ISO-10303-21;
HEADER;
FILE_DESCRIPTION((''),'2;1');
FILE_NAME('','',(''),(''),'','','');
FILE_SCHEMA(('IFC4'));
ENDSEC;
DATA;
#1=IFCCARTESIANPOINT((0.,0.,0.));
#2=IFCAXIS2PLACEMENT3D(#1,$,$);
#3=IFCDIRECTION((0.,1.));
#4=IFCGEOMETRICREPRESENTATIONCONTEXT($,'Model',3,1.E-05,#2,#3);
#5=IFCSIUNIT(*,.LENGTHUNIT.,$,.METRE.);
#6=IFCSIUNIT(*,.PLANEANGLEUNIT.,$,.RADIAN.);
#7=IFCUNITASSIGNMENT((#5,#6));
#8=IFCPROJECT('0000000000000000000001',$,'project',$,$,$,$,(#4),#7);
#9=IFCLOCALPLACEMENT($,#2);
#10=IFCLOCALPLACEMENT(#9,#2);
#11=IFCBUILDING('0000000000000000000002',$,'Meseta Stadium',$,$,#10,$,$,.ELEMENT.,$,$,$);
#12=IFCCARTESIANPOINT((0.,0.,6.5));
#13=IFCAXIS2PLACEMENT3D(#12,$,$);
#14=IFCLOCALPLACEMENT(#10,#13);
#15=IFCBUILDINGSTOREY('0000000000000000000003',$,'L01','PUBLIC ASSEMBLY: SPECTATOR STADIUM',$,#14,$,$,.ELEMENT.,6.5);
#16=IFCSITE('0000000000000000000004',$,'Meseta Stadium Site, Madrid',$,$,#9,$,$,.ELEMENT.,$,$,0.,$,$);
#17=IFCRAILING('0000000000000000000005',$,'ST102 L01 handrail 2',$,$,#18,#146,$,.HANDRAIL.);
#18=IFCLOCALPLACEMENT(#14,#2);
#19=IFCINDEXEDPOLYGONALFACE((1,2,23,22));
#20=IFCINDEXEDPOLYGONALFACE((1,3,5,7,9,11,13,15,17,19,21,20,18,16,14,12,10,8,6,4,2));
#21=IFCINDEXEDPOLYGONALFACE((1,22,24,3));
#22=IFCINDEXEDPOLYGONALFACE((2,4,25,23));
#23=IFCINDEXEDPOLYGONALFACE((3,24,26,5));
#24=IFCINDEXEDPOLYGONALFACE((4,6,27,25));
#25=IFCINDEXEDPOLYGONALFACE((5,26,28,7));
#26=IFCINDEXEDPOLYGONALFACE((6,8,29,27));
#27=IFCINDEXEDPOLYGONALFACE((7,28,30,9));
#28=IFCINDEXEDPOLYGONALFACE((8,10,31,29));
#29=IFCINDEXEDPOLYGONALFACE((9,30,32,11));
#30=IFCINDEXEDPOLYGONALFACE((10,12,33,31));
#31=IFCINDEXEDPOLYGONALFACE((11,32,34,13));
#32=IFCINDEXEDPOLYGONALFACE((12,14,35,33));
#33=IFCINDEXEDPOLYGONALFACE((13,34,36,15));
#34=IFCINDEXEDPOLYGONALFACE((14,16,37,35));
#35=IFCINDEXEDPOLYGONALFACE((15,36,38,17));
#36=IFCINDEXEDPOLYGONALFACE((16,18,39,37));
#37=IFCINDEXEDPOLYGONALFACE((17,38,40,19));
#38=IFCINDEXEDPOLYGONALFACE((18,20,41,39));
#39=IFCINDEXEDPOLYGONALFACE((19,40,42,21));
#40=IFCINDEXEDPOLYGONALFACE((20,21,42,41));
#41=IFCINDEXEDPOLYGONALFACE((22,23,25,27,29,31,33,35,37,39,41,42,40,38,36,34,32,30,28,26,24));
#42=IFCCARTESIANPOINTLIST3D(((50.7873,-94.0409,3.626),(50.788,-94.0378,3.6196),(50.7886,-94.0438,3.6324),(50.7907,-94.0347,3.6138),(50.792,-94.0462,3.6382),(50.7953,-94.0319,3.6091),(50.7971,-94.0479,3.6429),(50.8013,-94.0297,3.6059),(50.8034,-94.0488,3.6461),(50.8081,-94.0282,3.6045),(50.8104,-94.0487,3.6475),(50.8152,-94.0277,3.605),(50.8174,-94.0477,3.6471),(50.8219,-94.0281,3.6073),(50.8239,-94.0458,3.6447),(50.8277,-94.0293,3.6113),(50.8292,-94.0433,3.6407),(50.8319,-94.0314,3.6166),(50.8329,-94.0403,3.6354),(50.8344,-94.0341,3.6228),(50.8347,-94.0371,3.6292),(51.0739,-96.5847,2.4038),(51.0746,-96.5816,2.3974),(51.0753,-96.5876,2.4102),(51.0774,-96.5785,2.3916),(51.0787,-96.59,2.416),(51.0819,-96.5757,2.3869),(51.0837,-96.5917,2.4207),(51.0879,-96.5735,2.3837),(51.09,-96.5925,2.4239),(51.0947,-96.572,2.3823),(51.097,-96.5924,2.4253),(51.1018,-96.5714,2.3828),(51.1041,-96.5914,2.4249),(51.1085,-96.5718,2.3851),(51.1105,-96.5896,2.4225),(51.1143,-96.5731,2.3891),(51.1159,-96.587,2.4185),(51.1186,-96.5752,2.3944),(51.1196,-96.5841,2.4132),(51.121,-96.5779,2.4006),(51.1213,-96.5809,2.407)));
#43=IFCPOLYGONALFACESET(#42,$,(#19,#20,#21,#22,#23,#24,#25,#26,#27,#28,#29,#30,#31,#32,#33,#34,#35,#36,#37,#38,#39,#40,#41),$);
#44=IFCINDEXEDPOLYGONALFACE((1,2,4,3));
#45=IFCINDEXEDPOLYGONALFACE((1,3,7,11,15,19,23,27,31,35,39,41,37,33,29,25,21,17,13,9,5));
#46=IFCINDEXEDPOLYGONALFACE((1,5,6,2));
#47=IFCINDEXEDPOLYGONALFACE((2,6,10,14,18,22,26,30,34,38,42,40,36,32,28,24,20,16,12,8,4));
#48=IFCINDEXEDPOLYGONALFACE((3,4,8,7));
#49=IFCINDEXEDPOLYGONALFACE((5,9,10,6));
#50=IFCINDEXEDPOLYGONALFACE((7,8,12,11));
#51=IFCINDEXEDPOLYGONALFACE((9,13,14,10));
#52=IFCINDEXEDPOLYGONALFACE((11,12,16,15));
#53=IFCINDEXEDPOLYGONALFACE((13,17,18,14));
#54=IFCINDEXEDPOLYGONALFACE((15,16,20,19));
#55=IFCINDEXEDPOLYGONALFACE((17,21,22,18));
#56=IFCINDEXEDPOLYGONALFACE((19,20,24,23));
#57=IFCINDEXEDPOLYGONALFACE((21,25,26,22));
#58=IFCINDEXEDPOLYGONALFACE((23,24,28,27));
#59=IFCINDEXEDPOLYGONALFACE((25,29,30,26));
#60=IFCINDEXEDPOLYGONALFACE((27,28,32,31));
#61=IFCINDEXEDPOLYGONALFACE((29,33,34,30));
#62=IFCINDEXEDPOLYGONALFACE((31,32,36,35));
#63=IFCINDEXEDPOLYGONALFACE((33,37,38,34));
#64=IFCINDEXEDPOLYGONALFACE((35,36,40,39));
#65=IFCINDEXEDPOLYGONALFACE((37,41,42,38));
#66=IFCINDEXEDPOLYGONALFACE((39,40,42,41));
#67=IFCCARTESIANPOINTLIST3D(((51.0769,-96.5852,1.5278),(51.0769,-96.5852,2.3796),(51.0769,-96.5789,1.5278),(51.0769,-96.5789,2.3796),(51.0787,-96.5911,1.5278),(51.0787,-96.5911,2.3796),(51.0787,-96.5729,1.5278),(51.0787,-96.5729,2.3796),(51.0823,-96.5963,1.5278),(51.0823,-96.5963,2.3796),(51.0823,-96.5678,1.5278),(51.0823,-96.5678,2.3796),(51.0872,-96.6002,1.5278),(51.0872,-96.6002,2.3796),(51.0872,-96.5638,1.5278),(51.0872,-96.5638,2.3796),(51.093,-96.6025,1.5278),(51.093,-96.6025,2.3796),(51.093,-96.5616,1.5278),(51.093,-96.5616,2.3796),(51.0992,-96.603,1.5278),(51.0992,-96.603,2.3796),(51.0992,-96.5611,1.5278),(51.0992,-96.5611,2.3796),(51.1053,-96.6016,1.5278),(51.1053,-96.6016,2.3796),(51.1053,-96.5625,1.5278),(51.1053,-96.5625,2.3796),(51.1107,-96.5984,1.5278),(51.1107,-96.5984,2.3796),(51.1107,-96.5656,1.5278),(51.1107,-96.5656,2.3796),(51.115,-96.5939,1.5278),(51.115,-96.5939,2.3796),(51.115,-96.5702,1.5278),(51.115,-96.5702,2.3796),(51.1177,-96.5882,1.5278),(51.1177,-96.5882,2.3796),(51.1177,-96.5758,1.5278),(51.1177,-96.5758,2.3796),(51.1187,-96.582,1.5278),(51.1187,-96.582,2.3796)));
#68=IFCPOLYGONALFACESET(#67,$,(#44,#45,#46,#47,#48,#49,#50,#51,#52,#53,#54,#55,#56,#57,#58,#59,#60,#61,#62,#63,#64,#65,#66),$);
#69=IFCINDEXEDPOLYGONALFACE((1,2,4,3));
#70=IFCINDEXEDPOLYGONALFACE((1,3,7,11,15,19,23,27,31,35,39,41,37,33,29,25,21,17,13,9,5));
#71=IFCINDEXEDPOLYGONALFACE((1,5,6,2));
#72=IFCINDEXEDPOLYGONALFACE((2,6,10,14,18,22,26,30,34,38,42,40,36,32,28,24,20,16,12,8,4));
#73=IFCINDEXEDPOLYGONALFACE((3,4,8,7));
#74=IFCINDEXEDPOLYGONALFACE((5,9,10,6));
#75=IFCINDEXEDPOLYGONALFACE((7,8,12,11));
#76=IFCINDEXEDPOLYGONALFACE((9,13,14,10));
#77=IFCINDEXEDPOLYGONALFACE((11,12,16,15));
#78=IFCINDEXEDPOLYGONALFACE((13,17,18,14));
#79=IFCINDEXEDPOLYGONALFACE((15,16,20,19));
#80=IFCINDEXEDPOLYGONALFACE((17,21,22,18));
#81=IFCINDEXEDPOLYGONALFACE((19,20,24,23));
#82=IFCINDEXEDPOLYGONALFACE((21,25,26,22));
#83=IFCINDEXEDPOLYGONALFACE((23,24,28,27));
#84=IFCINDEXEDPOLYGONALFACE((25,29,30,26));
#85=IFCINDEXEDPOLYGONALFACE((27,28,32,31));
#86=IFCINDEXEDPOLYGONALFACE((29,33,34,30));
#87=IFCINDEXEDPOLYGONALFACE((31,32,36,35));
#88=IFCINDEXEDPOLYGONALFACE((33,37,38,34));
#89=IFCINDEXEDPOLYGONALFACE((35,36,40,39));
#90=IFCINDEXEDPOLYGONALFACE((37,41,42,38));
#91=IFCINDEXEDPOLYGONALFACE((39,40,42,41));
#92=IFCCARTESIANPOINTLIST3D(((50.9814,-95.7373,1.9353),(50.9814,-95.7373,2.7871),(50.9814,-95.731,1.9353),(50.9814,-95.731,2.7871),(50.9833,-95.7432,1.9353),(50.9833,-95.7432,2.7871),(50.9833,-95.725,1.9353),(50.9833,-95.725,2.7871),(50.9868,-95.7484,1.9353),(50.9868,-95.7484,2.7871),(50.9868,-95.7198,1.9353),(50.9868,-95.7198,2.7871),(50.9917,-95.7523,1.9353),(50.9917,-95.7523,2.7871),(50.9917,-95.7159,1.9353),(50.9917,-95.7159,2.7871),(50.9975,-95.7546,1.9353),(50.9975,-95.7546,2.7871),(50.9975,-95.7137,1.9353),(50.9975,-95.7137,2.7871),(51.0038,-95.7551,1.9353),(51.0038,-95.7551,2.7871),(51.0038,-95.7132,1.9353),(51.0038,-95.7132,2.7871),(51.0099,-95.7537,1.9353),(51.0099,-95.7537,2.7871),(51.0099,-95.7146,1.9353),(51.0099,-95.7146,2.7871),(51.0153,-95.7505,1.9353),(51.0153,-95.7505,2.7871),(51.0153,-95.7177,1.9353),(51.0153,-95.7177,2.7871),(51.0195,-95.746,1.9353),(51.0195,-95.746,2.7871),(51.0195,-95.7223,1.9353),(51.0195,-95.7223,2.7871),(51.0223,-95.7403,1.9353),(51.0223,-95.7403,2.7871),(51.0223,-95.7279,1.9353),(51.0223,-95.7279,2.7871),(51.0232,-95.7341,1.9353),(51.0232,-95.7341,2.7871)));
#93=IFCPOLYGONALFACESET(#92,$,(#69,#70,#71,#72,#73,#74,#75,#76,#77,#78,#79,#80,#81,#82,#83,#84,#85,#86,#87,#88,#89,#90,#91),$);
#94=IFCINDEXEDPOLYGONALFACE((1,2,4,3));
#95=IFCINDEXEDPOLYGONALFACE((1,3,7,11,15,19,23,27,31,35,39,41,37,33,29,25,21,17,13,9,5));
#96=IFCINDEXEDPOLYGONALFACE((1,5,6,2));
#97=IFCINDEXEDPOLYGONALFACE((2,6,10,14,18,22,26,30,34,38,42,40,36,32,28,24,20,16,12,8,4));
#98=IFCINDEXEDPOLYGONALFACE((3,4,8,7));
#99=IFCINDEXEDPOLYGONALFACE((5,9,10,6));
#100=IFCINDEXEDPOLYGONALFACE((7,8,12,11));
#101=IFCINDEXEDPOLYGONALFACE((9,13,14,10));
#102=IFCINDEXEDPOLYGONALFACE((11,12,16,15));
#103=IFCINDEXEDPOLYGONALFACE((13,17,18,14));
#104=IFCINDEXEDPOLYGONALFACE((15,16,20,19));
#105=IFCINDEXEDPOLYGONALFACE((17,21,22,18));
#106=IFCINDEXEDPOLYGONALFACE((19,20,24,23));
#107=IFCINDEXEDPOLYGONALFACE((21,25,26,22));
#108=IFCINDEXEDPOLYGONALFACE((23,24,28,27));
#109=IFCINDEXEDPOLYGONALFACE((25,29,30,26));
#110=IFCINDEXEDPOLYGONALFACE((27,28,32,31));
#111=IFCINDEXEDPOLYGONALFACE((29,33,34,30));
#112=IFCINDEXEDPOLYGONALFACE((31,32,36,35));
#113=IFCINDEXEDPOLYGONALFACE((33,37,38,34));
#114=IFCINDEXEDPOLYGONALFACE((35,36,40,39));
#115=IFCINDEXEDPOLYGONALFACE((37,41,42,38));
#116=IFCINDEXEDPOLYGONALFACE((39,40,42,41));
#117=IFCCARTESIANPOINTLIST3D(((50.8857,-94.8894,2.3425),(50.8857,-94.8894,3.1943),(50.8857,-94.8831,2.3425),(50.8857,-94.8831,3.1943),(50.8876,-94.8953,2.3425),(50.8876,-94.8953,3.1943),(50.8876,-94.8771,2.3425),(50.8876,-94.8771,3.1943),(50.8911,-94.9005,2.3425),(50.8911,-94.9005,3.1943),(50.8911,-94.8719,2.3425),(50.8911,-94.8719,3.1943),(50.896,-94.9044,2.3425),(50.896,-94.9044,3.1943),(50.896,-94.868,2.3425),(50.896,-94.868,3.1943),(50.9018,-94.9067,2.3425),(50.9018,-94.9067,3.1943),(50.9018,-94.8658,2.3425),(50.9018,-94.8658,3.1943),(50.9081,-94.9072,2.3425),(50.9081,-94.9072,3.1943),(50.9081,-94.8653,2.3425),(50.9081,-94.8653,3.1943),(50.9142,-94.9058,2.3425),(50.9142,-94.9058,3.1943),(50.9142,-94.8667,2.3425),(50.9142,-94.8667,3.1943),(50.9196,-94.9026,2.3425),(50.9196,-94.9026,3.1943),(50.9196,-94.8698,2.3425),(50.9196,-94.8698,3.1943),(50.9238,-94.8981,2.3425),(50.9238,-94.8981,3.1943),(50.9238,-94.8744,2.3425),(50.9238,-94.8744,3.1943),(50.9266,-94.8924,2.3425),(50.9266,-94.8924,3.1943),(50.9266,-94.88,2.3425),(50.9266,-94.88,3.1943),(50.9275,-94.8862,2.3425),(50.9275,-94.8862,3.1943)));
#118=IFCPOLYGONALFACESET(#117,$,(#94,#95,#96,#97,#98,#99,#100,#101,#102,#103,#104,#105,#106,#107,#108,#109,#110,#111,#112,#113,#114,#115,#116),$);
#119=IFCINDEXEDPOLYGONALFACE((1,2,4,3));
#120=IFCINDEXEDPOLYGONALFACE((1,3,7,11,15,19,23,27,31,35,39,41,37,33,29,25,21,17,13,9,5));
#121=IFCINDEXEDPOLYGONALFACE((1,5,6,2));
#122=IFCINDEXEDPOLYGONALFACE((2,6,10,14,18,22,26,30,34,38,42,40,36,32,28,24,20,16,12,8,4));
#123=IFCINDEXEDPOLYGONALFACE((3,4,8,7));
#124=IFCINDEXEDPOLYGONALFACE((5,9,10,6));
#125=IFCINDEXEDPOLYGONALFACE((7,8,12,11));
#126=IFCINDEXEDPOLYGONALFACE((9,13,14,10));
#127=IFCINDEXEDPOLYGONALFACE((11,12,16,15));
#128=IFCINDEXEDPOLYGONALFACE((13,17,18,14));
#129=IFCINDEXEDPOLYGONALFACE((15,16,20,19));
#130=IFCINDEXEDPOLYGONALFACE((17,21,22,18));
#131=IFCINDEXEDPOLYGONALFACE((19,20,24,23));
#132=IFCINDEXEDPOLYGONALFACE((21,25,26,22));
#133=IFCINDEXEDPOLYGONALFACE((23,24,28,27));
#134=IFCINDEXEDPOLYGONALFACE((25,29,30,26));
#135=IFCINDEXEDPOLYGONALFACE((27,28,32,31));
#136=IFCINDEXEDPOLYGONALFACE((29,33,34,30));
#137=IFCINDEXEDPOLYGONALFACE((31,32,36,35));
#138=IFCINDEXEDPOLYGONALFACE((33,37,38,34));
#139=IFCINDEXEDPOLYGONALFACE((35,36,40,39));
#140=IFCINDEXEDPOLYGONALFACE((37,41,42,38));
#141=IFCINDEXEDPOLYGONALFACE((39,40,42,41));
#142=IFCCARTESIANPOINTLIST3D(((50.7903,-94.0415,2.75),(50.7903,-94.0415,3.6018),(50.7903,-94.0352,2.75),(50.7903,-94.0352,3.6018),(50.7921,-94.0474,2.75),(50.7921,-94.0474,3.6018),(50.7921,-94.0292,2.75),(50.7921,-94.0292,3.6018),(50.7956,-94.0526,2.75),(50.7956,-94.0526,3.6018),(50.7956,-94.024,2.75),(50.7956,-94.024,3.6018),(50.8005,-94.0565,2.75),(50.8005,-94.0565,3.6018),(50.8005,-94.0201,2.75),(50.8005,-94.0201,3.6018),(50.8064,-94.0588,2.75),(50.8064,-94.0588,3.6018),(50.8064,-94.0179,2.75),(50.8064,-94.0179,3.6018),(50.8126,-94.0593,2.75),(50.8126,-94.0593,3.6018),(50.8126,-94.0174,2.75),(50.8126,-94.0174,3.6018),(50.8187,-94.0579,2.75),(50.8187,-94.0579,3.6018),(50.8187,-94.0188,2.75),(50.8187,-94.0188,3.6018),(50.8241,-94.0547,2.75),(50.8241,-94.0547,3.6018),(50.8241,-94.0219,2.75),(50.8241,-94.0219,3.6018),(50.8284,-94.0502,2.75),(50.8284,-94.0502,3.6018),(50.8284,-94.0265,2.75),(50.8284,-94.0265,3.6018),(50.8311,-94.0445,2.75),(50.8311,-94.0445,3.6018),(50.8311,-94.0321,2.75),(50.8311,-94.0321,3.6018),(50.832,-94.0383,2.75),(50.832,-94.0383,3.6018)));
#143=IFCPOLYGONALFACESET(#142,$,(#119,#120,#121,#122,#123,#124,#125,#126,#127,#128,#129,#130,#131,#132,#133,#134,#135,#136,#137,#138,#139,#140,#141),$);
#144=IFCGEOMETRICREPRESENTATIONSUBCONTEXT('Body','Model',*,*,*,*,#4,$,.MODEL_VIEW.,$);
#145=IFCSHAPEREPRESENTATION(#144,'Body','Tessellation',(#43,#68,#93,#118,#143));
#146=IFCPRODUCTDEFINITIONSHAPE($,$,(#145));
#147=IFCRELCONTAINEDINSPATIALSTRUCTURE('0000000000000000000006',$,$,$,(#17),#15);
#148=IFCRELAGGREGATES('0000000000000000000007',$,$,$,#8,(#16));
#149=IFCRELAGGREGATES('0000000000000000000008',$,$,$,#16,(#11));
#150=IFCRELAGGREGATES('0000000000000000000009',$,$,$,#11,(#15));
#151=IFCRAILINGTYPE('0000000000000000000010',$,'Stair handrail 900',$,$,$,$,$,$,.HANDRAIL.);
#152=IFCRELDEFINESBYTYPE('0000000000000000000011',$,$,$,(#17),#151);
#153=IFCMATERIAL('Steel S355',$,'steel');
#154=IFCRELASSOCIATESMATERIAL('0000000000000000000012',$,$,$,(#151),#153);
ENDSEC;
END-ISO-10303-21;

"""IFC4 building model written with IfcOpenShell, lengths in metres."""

from ifc_helpers import new_model, si_unit, direction, frame, origin, origin_2d, place, context, subcontext, project, spatial, circle, extrude, material, type_object, element, save


model = new_model("IFC4")

# Units and contexts
model_context = context("Model", 3, precision=1e-05, world=origin(), true_north=direction((0.0, 1.0)))
body_context = subcontext(model_context, "Body", "Model", "MODEL_VIEW")
ifc_project = project(units=[si_unit("LENGTHUNIT", "METRE"), si_unit("PLANEANGLEUNIT", "RADIAN")], contexts=[model_context])

# Site, building, storey
site_placement = place(None, origin())
site = spatial("IfcSite", under=ifc_project, at=site_placement, Name="Meseta Stadium Site, Madrid", CompositionType="ELEMENT", RefElevation=0.0)
building_placement = place(site_placement, origin())
building = spatial("IfcBuilding", under=site, at=building_placement, Name="Meseta Stadium", CompositionType="ELEMENT")
storey_placement = place(building_placement, frame((0.0, 0.0, 6.5)))
storey = spatial("IfcBuildingStorey", under=building, at=storey_placement, Name="L01", Description="PUBLIC ASSEMBLY: SPECTATOR STADIUM", CompositionType="ELEMENT", Elevation=6.5)

# Railing
ifc_material_1 = material(Name="Steel S355", Category="steel")
railing_type_1 = type_object("IfcRailingType", Name="Stair handrail 900", PredefinedType="HANDRAIL", material=ifc_material_1)
for number, where, name in (
    (1, (51.0977, -96.582, 1.5278), "ST102 L01 handrail 2"),
):
    element("IfcRailing", number, at=place(storey_placement, frame(where)), inside=storey, type_object=railing_type_1, Name=name, PredefinedType="HANDRAIL", context=body_context, shape_type="SweptSolid", body=[
        extrude(circle(Radius=0.0239, at=origin_2d()), frame((0.0, 0.0, 0.876), z_axis=(-0.101044, 0.896745, 0.430858), x_axis=(-0.993712, -0.11197, 0.0)), (0.0, 0.0, 1.0), 2.8367),
        extrude(circle(Radius=0.021, at=origin_2d()), origin(), (0.0, 0.0, 1.0), 0.8518),
        extrude(circle(Radius=0.021, at=origin_2d()), frame((-0.0955, 0.8479, 0.4075)), (0.0, 0.0, 1.0), 0.8518),
        extrude(circle(Radius=0.021, at=origin_2d()), frame((-0.1912, 1.6958, 0.8147)), (0.0, 0.0, 1.0), 0.8518),
        extrude(circle(Radius=0.021, at=origin_2d()), frame((-0.2866, 2.5437, 1.2222)), (0.0, 0.0, 1.0), 0.8518),
    ])

save(model, "model.ifc")
